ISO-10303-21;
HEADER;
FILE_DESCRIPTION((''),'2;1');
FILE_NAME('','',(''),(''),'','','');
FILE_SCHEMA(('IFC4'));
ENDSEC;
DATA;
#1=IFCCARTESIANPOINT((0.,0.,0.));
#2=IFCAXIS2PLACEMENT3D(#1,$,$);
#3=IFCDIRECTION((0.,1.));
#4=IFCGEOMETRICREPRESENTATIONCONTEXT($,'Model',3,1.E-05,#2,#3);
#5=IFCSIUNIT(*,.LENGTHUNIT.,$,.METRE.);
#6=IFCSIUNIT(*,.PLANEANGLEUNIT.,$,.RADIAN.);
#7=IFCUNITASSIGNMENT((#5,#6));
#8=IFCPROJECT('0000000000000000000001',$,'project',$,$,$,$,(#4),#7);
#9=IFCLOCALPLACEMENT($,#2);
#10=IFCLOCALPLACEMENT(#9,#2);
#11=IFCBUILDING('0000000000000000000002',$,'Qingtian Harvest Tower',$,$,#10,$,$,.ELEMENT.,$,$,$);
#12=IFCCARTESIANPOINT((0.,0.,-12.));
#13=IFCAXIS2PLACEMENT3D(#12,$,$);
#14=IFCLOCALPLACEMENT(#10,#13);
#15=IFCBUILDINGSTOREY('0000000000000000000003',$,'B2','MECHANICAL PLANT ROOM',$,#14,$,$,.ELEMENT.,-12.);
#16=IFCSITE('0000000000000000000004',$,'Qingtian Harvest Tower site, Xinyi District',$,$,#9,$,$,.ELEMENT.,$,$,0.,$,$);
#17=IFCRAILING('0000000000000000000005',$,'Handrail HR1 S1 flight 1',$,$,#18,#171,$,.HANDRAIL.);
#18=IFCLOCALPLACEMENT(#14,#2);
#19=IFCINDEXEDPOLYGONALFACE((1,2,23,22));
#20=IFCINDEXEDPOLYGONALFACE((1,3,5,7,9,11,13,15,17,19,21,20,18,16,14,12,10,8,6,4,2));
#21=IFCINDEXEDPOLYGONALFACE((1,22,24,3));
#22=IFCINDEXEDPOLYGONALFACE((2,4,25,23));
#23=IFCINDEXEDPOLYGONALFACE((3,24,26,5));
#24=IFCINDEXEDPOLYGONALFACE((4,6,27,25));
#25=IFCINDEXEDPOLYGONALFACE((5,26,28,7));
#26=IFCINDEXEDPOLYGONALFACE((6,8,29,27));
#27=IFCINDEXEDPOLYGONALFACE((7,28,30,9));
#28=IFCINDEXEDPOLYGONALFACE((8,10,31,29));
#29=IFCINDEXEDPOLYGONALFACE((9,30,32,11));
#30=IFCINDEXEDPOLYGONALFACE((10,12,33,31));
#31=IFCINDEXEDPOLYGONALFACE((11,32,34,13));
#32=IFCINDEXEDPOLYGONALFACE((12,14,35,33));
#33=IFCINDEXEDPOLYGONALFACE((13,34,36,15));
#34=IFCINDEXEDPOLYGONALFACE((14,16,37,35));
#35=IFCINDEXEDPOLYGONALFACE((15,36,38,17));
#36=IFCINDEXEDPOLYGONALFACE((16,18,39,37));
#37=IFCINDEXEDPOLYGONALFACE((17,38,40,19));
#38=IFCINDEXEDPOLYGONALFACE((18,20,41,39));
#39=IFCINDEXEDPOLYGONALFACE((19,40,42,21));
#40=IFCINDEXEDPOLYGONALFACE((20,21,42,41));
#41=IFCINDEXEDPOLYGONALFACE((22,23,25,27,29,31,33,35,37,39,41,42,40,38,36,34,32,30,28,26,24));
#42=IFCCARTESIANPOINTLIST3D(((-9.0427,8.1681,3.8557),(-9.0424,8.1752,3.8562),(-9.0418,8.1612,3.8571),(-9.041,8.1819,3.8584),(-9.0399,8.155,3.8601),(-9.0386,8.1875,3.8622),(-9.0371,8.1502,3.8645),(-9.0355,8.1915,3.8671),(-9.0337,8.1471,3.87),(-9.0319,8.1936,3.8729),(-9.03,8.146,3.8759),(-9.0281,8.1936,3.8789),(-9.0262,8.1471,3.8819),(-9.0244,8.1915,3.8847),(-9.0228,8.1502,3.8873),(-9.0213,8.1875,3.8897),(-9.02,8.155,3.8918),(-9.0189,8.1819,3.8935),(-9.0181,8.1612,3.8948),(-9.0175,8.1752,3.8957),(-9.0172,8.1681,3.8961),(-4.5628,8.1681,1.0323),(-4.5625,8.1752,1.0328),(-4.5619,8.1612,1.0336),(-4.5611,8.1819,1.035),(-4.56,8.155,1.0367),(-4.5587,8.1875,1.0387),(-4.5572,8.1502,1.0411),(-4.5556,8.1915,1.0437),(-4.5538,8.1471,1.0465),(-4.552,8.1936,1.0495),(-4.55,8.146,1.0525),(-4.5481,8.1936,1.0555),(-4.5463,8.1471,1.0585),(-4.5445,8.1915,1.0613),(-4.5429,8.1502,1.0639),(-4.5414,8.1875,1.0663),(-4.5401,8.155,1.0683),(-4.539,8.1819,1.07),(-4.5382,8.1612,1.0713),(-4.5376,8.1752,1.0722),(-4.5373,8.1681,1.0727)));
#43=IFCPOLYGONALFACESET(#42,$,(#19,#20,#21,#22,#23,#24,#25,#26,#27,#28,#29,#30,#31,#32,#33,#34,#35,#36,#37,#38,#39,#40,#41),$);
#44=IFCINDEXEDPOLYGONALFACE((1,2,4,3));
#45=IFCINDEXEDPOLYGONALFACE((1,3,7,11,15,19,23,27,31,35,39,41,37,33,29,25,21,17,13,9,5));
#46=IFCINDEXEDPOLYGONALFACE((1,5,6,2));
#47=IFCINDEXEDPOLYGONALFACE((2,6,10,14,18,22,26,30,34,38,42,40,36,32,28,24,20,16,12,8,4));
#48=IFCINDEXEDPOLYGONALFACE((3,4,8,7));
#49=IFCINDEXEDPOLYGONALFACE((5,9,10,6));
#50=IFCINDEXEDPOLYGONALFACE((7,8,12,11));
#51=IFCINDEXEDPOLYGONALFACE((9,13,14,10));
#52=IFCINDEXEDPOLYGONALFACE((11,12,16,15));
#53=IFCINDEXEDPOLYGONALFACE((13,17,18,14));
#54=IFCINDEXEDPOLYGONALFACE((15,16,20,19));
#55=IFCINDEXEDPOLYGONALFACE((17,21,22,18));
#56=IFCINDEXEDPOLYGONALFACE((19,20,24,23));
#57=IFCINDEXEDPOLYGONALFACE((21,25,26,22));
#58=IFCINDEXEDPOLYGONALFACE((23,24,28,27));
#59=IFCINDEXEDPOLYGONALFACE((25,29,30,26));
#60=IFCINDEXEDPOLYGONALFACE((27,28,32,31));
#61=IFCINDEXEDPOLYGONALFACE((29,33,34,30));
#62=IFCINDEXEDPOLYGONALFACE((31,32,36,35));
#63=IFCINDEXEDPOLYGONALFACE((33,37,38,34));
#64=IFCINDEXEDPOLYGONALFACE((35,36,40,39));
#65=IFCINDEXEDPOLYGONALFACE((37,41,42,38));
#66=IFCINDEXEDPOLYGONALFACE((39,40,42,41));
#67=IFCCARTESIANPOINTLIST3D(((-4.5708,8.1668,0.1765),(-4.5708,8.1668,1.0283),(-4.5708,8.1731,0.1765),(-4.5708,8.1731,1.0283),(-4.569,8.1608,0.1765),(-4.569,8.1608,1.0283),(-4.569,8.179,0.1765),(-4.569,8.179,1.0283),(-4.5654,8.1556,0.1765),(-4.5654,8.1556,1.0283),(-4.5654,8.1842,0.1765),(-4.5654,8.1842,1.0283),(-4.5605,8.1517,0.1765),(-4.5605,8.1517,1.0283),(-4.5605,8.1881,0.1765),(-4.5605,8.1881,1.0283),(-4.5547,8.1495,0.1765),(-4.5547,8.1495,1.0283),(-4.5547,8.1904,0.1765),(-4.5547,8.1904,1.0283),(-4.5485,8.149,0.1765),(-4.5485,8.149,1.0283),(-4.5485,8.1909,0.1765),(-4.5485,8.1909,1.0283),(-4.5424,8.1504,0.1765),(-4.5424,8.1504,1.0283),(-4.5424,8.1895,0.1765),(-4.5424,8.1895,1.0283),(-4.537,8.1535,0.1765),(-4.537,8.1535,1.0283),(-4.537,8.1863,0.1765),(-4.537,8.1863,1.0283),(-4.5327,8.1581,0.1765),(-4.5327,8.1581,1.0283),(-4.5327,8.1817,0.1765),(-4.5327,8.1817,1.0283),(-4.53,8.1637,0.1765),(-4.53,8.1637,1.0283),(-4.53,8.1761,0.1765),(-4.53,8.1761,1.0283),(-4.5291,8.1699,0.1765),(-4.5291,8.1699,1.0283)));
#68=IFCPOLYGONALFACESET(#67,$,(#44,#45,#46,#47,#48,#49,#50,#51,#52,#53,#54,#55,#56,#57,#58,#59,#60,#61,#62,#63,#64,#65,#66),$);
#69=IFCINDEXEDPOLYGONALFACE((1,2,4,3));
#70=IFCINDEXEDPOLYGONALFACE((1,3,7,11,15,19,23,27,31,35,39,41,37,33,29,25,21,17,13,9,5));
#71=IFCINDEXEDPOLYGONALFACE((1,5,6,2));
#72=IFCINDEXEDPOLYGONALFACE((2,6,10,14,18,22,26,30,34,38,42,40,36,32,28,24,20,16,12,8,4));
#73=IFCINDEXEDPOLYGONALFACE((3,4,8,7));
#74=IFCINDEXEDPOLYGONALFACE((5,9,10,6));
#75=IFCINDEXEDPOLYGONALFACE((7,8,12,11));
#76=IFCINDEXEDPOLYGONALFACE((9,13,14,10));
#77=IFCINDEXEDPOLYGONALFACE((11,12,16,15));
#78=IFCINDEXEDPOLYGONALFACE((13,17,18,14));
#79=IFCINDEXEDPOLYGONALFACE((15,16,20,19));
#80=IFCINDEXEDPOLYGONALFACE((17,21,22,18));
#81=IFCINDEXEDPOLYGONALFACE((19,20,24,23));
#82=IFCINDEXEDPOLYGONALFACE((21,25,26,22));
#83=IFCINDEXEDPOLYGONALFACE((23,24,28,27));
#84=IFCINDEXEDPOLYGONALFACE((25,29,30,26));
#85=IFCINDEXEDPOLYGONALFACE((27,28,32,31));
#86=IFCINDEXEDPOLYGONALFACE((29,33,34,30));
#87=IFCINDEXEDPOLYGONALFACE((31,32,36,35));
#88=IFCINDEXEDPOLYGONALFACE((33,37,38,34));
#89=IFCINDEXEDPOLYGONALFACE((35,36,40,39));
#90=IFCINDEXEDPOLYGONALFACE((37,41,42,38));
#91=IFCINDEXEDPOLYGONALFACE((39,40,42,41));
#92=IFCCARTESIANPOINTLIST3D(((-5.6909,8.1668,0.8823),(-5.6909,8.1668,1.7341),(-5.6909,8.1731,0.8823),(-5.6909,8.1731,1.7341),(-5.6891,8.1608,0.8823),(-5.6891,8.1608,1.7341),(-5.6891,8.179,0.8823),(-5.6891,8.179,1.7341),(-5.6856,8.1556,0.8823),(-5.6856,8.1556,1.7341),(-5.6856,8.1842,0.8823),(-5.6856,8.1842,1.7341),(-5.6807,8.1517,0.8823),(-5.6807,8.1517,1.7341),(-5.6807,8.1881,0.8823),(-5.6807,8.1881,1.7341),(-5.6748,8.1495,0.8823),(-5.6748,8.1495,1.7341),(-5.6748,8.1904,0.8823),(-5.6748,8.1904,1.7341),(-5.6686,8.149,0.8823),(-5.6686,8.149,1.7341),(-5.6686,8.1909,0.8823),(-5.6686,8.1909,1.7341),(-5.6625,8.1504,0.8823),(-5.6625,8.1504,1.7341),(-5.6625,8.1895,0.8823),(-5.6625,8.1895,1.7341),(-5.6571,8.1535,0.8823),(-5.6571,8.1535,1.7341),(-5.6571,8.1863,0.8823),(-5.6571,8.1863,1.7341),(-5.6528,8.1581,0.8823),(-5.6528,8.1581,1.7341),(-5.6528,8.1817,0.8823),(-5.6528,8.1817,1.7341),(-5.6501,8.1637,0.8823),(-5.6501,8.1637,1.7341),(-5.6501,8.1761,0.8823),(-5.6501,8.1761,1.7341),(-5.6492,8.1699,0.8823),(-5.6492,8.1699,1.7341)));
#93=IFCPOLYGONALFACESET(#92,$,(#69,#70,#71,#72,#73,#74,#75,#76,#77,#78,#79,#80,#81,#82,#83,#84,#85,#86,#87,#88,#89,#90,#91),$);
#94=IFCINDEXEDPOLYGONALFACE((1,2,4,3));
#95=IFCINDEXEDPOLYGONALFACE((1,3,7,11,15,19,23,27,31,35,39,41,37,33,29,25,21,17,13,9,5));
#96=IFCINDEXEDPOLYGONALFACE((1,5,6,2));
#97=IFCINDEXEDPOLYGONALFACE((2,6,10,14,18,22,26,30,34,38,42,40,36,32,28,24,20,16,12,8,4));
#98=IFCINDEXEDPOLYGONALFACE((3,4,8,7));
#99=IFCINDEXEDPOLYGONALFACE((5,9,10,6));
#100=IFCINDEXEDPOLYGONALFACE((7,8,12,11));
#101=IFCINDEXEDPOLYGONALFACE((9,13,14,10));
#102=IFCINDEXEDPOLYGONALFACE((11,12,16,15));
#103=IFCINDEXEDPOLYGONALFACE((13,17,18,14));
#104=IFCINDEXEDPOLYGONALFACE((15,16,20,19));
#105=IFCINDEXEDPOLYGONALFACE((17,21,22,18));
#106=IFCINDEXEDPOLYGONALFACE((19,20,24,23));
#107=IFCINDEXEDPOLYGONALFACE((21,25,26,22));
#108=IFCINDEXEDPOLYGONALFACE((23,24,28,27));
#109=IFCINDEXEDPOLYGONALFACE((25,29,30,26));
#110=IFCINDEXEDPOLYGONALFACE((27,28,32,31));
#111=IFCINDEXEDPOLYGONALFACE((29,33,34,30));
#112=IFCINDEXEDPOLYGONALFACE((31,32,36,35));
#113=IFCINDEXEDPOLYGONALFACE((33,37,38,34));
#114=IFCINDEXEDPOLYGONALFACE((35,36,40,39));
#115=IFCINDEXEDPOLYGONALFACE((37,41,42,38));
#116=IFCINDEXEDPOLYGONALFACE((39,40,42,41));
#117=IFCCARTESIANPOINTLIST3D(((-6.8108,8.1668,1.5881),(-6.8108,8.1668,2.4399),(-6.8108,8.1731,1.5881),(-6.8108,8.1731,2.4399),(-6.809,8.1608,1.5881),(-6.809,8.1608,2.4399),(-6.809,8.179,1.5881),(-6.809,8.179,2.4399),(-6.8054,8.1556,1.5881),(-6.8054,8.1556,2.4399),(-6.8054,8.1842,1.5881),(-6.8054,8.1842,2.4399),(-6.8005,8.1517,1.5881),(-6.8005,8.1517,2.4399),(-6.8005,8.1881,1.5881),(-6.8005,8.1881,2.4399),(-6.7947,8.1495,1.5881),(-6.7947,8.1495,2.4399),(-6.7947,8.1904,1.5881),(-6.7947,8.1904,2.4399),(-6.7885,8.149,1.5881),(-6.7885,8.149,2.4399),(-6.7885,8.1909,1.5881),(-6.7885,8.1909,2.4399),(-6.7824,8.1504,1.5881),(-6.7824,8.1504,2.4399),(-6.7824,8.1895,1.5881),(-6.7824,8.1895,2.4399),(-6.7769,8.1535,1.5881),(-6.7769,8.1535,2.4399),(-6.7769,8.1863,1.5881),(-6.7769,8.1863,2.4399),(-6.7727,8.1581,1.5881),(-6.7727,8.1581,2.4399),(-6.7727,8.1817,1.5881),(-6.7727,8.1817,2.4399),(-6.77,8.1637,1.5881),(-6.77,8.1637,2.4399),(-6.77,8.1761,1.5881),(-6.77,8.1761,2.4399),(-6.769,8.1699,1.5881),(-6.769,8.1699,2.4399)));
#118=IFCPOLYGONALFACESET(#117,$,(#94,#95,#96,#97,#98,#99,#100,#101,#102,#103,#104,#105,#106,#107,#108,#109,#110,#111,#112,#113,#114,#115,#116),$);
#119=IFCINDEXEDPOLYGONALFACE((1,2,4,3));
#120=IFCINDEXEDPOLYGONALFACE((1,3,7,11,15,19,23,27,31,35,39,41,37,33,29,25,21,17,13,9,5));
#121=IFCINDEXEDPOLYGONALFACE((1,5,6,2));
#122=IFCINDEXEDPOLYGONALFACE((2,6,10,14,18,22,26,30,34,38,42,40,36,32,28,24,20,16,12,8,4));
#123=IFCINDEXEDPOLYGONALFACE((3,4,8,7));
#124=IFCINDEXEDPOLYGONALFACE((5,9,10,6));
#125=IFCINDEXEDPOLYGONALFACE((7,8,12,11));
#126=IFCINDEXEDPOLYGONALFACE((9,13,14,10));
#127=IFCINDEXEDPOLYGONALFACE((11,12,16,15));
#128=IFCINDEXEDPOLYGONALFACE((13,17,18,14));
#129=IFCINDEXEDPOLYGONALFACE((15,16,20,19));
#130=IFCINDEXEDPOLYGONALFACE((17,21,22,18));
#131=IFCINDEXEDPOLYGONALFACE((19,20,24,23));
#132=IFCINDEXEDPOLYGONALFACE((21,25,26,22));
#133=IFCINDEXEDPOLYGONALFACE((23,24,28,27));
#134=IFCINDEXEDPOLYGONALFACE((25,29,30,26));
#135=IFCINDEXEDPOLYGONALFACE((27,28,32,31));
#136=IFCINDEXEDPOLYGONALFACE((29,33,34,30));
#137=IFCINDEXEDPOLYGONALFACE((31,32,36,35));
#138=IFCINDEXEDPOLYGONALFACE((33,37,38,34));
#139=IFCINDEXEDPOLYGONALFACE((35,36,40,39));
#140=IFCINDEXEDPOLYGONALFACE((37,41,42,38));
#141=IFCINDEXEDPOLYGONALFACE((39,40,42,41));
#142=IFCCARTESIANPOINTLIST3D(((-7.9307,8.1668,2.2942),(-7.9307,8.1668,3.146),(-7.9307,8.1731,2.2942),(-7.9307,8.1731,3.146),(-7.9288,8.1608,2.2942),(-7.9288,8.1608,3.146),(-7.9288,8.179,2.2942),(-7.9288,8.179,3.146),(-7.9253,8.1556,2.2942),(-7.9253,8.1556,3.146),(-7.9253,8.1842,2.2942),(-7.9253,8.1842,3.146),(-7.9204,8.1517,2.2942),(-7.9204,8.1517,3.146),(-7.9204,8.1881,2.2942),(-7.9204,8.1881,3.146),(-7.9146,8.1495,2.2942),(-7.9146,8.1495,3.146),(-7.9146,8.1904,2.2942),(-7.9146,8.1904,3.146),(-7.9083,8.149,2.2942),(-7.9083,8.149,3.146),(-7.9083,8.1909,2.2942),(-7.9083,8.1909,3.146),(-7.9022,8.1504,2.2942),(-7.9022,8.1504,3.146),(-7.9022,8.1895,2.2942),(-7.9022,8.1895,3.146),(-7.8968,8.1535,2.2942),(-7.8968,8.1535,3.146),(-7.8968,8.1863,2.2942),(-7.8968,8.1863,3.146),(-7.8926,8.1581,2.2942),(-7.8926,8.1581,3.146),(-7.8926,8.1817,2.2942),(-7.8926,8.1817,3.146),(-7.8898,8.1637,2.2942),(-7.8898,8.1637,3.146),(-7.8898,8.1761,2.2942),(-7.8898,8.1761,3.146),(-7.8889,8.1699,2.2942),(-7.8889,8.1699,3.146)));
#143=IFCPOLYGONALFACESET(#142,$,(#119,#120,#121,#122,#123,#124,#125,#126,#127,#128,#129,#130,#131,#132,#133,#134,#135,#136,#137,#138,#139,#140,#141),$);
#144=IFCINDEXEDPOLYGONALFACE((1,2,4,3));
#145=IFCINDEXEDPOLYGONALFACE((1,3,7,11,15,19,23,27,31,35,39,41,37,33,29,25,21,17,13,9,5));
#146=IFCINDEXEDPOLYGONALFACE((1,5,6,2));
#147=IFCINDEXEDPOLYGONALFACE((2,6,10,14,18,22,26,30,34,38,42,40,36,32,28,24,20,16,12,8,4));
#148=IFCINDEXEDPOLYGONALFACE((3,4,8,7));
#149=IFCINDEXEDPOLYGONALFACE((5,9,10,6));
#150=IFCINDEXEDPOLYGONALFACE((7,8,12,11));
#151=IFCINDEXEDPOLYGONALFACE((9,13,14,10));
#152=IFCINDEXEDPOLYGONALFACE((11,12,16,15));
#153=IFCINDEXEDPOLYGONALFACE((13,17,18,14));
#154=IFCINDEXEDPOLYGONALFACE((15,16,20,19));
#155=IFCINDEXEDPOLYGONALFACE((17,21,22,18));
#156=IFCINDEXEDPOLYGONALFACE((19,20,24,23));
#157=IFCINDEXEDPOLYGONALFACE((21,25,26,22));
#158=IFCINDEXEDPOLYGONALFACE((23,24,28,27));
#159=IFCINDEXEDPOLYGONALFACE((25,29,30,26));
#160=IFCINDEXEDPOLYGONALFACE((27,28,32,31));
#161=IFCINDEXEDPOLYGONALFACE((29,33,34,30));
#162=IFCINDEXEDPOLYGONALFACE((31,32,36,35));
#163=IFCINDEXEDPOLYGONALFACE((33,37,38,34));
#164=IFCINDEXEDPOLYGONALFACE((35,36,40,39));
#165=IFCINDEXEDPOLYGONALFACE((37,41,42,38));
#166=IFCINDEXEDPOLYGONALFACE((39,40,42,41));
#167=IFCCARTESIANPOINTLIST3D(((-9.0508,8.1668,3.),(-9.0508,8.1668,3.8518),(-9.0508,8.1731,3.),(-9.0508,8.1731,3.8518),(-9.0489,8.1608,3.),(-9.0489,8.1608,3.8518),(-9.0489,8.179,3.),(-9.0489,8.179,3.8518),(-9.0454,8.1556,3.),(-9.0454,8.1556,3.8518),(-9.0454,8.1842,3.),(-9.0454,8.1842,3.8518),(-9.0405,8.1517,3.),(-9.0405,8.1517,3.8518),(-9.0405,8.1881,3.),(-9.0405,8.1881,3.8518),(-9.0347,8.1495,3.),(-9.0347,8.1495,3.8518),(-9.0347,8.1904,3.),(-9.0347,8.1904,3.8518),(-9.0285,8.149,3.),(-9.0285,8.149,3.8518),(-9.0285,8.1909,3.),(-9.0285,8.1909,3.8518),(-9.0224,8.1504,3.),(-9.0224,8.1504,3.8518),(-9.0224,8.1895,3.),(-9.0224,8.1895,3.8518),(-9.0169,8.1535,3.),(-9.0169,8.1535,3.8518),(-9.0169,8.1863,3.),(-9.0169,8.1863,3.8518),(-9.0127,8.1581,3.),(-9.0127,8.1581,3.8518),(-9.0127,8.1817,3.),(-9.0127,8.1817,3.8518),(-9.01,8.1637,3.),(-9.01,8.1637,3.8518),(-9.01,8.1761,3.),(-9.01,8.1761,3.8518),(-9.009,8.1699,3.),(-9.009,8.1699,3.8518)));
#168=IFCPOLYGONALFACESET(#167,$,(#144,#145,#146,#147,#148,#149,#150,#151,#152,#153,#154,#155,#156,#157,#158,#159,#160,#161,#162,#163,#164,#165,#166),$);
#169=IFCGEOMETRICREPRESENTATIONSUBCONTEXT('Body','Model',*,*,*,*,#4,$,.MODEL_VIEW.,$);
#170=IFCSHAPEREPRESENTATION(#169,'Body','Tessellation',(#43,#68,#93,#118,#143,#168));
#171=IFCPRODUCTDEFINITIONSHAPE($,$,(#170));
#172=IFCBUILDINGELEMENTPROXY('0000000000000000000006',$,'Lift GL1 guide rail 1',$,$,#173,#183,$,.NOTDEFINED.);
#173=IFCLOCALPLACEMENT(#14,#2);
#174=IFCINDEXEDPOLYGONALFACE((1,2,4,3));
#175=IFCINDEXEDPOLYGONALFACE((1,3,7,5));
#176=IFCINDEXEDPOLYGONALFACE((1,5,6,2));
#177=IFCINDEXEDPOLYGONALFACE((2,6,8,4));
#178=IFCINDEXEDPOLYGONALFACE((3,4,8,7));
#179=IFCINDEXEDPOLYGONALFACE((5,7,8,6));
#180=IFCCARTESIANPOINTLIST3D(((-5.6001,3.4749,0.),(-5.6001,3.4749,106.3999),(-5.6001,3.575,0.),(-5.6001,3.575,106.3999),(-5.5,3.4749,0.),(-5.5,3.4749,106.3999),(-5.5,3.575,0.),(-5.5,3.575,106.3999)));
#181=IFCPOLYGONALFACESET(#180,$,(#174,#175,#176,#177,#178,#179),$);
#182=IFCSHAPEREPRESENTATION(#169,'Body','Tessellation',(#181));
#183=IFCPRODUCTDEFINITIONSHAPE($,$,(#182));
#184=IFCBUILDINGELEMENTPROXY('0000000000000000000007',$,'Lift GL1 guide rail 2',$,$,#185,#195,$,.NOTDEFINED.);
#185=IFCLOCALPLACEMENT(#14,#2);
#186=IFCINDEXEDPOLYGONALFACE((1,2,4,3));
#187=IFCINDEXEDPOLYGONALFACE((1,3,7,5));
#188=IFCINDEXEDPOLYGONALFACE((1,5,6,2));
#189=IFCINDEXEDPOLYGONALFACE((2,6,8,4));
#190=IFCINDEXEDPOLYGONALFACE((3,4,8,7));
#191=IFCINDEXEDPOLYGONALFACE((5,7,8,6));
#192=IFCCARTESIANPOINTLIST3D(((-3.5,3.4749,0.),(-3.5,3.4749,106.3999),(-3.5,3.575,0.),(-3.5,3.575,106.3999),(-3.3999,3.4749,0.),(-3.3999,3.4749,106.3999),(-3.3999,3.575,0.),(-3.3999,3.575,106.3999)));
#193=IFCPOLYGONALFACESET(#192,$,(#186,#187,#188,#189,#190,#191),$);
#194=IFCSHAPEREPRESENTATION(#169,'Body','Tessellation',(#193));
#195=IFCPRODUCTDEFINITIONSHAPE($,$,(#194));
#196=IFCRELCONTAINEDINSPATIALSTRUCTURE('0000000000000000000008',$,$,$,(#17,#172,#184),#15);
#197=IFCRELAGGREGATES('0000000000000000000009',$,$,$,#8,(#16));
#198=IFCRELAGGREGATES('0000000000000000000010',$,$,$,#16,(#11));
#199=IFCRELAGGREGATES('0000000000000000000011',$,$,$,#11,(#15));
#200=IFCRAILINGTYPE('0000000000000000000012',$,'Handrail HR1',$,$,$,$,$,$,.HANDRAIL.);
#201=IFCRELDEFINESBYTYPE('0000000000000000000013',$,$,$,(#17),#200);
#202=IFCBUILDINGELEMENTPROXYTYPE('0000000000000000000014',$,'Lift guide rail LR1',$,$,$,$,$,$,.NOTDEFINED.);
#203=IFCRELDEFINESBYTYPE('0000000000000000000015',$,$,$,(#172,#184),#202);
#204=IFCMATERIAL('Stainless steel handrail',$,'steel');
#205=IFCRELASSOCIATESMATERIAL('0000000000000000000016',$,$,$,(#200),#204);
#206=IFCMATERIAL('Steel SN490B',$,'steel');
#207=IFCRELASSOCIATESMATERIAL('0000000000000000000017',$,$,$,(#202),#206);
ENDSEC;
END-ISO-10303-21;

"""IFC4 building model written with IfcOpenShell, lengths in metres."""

from ifc_helpers import new_model, si_unit, direction, frame, origin, origin_2d, place, context, subcontext, project, spatial, rectangle, circle, extrude, material, type_object, element, save


model = new_model("IFC4")

# Units and contexts
model_context = context("Model", 3, precision=1e-05, world=origin(), true_north=direction((0.0, 1.0)))
body_context = subcontext(model_context, "Body", "Model", "MODEL_VIEW")
ifc_project = project(units=[si_unit("LENGTHUNIT", "METRE"), si_unit("PLANEANGLEUNIT", "RADIAN")], contexts=[model_context])

# Site, building, storey
site_placement = place(None, origin())
site = spatial("IfcSite", under=ifc_project, at=site_placement, Name="Qingtian Harvest Tower site, Xinyi District", CompositionType="ELEMENT", RefElevation=0.0)
building_placement = place(site_placement, origin())
building = spatial("IfcBuilding", under=site, at=building_placement, Name="Qingtian Harvest Tower", CompositionType="ELEMENT")
storey_placement = place(building_placement, frame((0.0, 0.0, -12.0)))
storey = spatial("IfcBuildingStorey", under=building, at=storey_placement, Name="B2", Description="MECHANICAL PLANT ROOM", CompositionType="ELEMENT", Elevation=-12.0)

# Railing
ifc_material_1 = material(Name="Stainless steel handrail", Category="steel")
railing_type = type_object("IfcRailingType", Name="Handrail HR1", PredefinedType="HANDRAIL", material=ifc_material_1)
railing_placement = place(storey_placement, frame((-4.55, 8.1699, 0.1765)))
element("IfcRailing", 1, at=railing_placement, inside=storey, type_object=railing_type, Name="Handrail HR1 S1 flight 1", PredefinedType="HANDRAIL", context=body_context, shape_type="SweptSolid", body=[
    extrude(circle(Radius=0.0239, at=origin_2d()), frame((0.0, 0.0, 0.876), z_axis=(-0.845998, 0.0, 0.533186), x_axis=(0.0, -1.0, 0.0)), (0.0, 0.0, 1.0), 5.2954),
    extrude(circle(Radius=0.021, at=origin_2d()), origin(), (0.0, 0.0, 1.0), 0.8518),
    extrude(circle(Radius=0.021, at=origin_2d()), frame((-1.1201, 0.0, 0.7058)), (0.0, 0.0, 1.0), 0.8518),
    extrude(circle(Radius=0.021, at=origin_2d()), frame((-2.24, 0.0, 1.4116)), (0.0, 0.0, 1.0), 0.8518),
    extrude(circle(Radius=0.021, at=origin_2d()), frame((-3.3599, 0.0, 2.1177)), (0.0, 0.0, 1.0), 0.8518),
    extrude(circle(Radius=0.021, at=origin_2d()), frame((-4.48, 0.0, 2.8235)), (0.0, 0.0, 1.0), 0.8518),
])

# Building element proxies
ifc_material_2 = material(Name="Steel SN490B", Category="steel")
building_element_proxy_type = type_object("IfcBuildingElementProxyType", Name="Lift guide rail LR1", PredefinedType="NOTDEFINED", material=ifc_material_2)
for number, where, z_axis, x_axis, name in (
    (2, (-5.55, 3.5249, 0.0), (0.0, 0.0, 1.0), (1.0, 0.0, 0.0), "Lift GL1 guide rail 1"),
    (3, (-3.45, 3.5249, 0.0), (0.0, 0.0, 1.0), (1.0, 0.0, 0.0), "Lift GL1 guide rail 2"),
):
    element("IfcBuildingElementProxy", number, at=place(storey_placement, frame(where, z_axis=z_axis, x_axis=x_axis)), inside=storey, type_object=building_element_proxy_type, Name=name, PredefinedType="NOTDEFINED", context=body_context, shape_type="SweptSolid", body=[
        extrude(rectangle(XDim=0.1001, YDim=0.1001, at=origin_2d()), origin(), (0.0, 0.0, 1.0), 106.3999),
    ])

save(model, "model.ifc")
